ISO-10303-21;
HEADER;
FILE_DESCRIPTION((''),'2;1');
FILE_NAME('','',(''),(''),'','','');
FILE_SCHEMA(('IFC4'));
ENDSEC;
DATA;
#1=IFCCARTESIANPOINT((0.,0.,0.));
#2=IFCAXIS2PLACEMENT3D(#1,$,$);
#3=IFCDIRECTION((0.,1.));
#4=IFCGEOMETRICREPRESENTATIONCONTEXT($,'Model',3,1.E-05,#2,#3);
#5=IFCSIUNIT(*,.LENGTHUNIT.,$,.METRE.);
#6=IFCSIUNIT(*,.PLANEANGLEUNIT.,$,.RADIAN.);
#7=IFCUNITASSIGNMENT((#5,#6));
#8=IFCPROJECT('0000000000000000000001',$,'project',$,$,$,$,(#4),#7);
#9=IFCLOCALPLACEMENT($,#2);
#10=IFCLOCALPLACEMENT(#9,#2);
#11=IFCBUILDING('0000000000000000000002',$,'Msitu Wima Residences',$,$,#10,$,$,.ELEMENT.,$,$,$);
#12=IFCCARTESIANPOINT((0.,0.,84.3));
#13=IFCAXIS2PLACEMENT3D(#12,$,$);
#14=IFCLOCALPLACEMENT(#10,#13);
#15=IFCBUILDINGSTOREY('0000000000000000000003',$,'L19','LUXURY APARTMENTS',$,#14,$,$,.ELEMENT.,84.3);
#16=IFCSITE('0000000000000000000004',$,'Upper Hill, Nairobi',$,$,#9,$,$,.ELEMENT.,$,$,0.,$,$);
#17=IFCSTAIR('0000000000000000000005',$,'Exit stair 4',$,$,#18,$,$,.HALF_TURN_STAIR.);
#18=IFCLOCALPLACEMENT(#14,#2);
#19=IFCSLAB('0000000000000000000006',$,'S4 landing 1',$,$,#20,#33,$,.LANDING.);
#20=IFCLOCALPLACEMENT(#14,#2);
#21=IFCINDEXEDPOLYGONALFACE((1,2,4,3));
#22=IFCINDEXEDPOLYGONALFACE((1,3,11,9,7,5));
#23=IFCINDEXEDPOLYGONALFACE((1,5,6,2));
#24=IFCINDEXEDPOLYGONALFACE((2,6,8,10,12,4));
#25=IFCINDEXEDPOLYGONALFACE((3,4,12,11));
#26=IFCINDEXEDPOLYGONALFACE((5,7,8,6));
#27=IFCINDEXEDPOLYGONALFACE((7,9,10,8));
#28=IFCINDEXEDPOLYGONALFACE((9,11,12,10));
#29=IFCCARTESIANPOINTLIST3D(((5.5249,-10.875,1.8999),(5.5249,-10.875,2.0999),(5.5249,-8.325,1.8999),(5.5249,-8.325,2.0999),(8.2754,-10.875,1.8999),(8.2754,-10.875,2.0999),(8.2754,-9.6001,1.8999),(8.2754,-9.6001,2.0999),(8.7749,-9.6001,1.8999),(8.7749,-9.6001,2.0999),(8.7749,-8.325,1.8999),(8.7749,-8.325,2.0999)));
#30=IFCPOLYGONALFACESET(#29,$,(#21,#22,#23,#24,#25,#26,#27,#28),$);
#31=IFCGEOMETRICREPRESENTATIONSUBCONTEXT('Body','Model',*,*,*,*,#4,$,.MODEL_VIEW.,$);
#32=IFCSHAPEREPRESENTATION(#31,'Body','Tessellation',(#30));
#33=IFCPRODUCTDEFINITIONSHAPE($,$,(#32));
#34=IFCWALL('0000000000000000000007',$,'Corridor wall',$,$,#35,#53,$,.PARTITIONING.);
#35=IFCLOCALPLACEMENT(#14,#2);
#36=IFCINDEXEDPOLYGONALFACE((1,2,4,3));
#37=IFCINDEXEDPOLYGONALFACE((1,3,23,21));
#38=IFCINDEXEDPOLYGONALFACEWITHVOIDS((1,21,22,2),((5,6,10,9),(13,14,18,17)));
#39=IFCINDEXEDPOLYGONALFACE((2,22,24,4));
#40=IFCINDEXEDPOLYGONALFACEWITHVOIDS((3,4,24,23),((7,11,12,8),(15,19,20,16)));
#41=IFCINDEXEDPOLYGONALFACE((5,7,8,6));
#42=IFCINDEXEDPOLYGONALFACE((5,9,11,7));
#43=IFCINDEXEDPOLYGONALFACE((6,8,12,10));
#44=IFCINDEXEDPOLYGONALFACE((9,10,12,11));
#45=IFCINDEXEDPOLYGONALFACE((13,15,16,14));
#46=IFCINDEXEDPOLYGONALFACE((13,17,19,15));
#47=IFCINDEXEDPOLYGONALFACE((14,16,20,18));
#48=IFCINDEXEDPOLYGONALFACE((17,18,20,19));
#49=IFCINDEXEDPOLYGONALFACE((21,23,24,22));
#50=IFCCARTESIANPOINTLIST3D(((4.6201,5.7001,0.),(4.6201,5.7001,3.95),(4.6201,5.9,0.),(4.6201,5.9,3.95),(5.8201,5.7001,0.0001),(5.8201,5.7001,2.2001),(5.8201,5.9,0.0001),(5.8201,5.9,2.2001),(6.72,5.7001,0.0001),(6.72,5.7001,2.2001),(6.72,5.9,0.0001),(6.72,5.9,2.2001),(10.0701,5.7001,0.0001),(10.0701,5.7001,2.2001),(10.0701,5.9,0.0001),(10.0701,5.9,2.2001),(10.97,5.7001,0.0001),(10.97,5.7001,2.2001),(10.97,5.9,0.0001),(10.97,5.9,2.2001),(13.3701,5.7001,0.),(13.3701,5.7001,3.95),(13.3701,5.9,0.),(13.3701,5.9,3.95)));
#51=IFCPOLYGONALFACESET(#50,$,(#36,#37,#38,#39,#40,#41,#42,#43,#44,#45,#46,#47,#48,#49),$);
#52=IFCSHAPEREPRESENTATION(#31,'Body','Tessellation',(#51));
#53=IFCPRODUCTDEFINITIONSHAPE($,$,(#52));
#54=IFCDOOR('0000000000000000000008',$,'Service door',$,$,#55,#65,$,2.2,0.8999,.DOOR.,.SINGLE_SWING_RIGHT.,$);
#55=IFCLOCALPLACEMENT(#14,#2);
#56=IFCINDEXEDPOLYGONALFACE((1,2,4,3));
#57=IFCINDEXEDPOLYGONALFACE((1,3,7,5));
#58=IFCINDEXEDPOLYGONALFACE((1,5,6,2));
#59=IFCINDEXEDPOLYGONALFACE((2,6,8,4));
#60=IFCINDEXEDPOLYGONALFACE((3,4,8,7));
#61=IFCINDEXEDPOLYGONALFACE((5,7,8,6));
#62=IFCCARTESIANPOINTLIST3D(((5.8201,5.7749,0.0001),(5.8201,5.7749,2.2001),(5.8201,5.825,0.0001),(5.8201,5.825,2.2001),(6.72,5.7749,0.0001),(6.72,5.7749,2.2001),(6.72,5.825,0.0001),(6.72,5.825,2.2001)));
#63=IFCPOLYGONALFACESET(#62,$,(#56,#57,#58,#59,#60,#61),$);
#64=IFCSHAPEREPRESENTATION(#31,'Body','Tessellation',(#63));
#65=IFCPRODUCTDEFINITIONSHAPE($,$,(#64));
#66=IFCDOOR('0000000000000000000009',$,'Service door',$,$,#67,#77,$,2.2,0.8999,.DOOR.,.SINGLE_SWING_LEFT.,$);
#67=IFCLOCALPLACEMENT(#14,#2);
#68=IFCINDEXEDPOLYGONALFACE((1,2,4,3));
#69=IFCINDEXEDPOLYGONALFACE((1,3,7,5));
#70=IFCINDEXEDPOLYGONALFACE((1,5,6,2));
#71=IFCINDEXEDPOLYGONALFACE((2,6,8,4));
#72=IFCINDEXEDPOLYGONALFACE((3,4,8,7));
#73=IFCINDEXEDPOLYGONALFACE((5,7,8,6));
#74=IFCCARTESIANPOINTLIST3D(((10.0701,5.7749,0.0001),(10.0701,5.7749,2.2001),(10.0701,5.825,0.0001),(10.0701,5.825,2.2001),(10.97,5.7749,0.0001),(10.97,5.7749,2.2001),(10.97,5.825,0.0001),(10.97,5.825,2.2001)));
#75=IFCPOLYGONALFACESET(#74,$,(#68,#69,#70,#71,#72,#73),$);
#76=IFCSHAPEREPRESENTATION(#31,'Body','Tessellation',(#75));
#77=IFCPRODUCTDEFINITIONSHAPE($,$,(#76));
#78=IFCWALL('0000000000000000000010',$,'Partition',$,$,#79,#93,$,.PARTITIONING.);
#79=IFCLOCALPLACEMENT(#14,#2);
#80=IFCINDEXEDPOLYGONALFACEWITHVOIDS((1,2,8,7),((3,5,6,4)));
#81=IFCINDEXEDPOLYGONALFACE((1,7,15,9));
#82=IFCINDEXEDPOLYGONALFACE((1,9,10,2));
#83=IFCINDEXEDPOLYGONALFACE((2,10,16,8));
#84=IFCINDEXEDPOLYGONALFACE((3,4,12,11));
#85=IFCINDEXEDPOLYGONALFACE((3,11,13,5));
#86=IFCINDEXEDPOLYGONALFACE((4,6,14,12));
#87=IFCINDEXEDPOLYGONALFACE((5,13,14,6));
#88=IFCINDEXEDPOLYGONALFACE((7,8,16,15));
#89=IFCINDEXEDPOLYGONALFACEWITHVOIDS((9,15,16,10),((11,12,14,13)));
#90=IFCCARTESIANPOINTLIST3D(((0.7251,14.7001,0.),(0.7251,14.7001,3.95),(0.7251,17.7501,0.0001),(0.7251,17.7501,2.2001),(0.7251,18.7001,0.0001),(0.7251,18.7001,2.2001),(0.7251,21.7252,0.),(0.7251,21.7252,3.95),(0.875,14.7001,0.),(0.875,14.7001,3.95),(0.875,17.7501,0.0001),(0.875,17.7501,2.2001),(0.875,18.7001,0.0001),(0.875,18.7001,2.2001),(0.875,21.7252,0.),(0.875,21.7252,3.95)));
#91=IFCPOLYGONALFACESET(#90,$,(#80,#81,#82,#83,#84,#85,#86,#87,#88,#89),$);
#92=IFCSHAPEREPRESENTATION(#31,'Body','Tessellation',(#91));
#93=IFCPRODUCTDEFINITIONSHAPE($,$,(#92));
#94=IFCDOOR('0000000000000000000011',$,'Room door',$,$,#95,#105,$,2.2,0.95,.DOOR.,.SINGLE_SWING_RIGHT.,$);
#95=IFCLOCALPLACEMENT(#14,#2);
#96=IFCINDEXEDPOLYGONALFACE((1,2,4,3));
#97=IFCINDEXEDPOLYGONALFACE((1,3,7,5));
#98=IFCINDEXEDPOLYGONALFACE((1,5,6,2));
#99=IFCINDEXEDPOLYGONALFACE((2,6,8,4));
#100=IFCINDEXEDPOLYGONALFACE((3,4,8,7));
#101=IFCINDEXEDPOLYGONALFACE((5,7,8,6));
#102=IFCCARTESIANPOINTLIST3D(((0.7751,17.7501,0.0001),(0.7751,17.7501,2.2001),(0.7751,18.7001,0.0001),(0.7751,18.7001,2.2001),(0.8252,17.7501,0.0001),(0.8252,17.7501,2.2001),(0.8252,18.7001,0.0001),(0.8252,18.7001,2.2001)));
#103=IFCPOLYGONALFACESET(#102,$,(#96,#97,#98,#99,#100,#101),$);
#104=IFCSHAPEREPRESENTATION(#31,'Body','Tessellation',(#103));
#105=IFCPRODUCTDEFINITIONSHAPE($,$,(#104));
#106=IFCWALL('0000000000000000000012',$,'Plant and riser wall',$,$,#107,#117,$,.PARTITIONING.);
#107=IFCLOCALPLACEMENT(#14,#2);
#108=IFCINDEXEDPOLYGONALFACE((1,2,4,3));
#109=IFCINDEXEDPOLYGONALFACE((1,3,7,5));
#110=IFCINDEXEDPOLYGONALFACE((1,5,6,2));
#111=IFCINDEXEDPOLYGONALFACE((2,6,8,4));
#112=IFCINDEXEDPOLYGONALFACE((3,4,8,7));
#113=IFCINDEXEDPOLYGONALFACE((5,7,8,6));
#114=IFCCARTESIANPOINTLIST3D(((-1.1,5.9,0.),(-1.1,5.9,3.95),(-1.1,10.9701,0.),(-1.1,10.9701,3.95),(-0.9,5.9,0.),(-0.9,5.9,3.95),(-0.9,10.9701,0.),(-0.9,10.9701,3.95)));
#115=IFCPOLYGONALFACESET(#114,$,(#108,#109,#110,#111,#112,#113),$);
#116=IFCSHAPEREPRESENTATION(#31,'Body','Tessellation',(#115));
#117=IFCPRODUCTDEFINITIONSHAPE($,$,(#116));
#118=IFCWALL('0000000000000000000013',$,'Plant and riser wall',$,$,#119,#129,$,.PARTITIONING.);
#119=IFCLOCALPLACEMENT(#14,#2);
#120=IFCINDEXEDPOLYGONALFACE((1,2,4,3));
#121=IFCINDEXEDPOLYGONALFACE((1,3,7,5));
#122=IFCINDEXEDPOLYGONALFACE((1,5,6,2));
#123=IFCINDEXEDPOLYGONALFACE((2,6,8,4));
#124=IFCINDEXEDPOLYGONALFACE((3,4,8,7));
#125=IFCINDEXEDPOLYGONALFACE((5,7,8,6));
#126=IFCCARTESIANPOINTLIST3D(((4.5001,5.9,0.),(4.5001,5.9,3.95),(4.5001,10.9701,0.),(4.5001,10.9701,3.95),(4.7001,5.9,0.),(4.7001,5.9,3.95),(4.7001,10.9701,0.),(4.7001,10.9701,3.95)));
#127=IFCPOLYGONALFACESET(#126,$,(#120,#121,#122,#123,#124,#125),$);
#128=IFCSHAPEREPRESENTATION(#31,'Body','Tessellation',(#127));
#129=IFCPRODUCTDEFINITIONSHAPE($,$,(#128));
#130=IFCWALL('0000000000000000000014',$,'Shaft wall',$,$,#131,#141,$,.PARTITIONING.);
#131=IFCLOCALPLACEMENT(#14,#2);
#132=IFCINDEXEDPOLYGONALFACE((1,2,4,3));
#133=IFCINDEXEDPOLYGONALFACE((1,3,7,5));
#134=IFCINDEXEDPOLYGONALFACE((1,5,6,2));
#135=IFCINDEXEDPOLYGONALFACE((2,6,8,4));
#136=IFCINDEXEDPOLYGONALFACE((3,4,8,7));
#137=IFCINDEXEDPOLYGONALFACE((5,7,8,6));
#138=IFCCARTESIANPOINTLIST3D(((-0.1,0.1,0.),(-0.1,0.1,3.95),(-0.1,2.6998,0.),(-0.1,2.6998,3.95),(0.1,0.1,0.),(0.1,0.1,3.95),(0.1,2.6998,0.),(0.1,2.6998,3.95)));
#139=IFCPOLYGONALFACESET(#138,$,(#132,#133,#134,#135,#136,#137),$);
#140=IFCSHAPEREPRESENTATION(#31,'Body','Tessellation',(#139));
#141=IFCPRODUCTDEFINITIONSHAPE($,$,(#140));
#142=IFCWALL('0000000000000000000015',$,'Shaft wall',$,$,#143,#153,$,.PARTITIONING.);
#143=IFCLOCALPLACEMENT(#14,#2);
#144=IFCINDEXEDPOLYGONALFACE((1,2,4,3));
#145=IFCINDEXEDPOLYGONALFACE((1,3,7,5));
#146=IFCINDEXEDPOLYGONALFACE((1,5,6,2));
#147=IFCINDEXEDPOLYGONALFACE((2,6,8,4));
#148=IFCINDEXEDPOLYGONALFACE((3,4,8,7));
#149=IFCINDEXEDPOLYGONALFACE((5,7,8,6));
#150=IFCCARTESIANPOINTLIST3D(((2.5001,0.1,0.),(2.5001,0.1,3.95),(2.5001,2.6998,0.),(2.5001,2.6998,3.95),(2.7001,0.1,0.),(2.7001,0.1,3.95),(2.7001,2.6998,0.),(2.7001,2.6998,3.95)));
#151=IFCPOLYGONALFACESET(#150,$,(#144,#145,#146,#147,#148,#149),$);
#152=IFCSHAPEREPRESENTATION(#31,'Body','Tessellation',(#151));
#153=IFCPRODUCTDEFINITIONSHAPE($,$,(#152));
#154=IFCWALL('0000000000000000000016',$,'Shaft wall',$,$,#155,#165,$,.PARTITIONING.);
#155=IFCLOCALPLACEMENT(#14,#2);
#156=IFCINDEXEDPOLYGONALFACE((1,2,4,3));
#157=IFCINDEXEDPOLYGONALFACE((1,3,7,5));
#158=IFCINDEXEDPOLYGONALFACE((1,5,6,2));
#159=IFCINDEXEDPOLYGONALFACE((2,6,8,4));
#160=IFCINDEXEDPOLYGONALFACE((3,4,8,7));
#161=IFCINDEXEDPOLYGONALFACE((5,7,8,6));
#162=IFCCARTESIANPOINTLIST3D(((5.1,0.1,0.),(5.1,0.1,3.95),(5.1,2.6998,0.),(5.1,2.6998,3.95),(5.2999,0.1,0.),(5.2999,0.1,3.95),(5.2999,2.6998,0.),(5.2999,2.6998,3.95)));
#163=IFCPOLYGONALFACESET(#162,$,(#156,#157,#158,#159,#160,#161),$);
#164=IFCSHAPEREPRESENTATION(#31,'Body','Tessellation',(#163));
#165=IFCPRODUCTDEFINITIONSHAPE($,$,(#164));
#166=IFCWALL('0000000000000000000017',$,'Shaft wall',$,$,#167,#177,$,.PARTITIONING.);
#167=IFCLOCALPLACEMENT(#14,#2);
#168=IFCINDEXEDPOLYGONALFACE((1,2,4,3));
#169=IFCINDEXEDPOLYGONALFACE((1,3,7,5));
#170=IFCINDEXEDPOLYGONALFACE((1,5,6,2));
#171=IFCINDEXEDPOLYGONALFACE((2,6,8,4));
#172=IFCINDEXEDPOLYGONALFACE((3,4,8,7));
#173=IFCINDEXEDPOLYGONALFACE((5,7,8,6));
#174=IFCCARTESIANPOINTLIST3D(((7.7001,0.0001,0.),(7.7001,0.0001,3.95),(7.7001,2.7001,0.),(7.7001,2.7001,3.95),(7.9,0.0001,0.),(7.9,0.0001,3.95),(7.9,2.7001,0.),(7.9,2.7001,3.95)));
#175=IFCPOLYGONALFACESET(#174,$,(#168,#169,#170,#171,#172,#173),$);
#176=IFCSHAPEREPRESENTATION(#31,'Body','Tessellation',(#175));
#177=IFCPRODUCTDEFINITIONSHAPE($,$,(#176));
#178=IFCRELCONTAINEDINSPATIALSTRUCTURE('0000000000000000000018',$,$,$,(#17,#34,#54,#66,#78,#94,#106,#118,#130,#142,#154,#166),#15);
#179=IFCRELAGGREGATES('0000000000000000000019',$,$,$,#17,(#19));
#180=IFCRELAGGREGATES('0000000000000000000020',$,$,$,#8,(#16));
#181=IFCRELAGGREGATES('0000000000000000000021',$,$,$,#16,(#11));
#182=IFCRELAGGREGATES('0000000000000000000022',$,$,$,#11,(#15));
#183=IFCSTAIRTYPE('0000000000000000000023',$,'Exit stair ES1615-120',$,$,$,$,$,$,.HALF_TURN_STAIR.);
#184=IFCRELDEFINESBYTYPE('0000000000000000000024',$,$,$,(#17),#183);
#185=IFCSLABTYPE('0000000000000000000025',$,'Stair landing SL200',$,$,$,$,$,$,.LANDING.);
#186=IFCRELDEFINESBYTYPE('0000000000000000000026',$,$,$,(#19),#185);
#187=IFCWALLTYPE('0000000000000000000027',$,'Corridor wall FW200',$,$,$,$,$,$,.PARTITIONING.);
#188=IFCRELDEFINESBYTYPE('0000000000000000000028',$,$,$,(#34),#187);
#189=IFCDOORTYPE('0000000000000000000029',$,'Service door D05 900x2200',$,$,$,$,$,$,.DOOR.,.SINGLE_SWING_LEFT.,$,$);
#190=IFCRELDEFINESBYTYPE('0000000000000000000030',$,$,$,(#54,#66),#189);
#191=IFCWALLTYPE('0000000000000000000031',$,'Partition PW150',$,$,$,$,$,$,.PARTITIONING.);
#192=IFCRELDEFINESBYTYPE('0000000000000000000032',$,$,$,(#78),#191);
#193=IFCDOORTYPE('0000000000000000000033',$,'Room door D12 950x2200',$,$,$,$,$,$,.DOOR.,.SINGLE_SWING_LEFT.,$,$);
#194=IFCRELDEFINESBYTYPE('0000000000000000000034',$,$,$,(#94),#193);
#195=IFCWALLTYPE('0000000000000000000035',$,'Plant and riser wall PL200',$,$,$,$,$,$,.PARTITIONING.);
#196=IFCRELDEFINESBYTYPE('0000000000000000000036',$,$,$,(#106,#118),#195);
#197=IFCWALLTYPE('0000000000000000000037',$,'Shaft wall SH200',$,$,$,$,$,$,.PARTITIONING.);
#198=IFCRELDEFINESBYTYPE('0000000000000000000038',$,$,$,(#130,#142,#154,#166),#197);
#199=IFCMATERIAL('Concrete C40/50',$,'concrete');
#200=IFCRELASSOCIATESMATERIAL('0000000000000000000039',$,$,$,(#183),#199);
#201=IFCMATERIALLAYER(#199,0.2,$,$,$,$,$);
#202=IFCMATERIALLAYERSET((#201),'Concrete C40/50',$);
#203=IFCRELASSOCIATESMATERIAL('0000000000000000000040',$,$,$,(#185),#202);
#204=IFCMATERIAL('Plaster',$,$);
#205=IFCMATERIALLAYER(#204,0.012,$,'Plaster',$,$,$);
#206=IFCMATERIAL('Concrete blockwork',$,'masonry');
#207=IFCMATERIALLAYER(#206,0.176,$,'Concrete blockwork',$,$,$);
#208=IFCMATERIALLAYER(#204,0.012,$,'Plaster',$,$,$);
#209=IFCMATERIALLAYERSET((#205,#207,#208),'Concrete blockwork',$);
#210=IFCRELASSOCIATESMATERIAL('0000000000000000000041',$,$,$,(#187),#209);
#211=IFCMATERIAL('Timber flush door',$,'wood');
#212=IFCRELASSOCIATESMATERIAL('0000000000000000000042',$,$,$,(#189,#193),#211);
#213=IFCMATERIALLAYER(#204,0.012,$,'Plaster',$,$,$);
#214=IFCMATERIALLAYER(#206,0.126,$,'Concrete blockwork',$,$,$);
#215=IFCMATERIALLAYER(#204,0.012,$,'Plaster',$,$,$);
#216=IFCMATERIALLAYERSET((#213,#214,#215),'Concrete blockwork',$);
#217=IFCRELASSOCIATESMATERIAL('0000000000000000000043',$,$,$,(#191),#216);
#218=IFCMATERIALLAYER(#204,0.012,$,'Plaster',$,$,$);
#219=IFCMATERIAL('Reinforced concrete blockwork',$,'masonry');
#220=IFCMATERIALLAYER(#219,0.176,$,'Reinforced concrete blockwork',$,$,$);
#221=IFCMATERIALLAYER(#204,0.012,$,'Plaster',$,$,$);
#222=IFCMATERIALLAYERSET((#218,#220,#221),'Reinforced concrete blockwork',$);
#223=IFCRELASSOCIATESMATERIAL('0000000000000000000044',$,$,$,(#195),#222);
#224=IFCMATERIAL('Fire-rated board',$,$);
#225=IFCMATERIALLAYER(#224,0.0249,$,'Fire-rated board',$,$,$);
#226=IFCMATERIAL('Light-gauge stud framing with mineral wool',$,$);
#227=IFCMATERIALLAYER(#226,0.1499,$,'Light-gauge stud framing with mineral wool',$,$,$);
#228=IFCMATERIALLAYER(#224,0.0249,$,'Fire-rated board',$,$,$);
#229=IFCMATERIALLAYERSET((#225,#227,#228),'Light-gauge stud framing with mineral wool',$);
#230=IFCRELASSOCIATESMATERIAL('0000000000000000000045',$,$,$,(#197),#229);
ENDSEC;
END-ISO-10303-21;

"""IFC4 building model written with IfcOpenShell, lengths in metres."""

from ifc_helpers import new_model, si_unit, direction, frame, frame_2d, origin, place, context, subcontext, project, spatial, polyline, rectangle, outline, extrude, material, layer, layer_set, type_object, element, fill, aggregate, save


model = new_model("IFC4")

# Units and contexts
model_context = context("Model", 3, precision=1e-05, world=origin(), true_north=direction((0.0, 1.0)))
body_context = subcontext(model_context, "Body", "Model", "MODEL_VIEW")
ifc_project = project(units=[si_unit("LENGTHUNIT", "METRE"), si_unit("PLANEANGLEUNIT", "RADIAN")], contexts=[model_context])

# Site, building, storey
site_placement = place(None, origin())
site = spatial("IfcSite", under=ifc_project, at=site_placement, Name="Upper Hill, Nairobi", CompositionType="ELEMENT", RefElevation=0.0)
building_placement = place(site_placement, origin())
building = spatial("IfcBuilding", under=site, at=building_placement, Name="Msitu Wima Residences", CompositionType="ELEMENT")
storey_placement = place(building_placement, frame((0.0, 0.0, 84.3)))
storey = spatial("IfcBuildingStorey", under=building, at=storey_placement, Name="L19", Description="LUXURY APARTMENTS", CompositionType="ELEMENT", Elevation=84.3)

# Shared definitions
ifc_material_1 = material(Name="Concrete C40/50", Category="concrete")

# Stair, slab
stair_type = type_object("IfcStairType", Name="Exit stair ES1615-120", PredefinedType="HALF_TURN_STAIR", material=ifc_material_1)
ifc_layer_1 = layer(ifc_material_1, 0.2)
ifc_layer_set_1 = layer_set([ifc_layer_1], Name="Concrete C40/50")
slab_type_1 = type_object("IfcSlabType", Name="Stair landing SL200", PredefinedType="LANDING", material=ifc_layer_set_1)
stair_1_placement = place(storey_placement, origin())
stair_1 = element("IfcStair", 1, at=stair_1_placement, inside=storey, type_object=stair_type, Name="Exit stair 4", PredefinedType="HALF_TURN_STAIR")
slab_1_placement = place(storey_placement, frame((0.0, 0.0, 1.8999)))
slab_1 = element("IfcSlab", 2, at=slab_1_placement, type_object=slab_type_1, Name="S4 landing 1", PredefinedType="LANDING", context=body_context, shape_type="SweptSolid", body=[
    extrude(outline(polyline([(5.5249, -10.875), (8.2754, -10.875), (8.2754, -9.6001), (8.7749, -9.6001), (8.7749, -8.325), (5.5249, -8.325), (5.5249, -10.875)])), origin(), (0.0, 0.0, 1.0), 0.2),
])
aggregate(stair_1, [slab_1])

# Wall, openings, doors
ifc_material_2 = material(Name="Plaster")
ifc_layer_2 = layer(ifc_material_2, 0.012, Name="Plaster")
ifc_material_3 = material(Name="Concrete blockwork", Category="masonry")
ifc_layer_3 = layer(ifc_material_3, 0.176, Name="Concrete blockwork")
ifc_layer_4 = layer(ifc_material_2, 0.012, Name="Plaster")
ifc_layer_set_2 = layer_set([ifc_layer_2, ifc_layer_3, ifc_layer_4], Name="Concrete blockwork")
wall_type_1 = type_object("IfcWallType", Name="Corridor wall FW200", PredefinedType="PARTITIONING", material=ifc_layer_set_2)
wall_1_placement = place(storey_placement, frame((4.6201, 5.8, 0.0), z_axis=(0.0, 0.0, 1.0), x_axis=(1.0, 0.0, 0.0)))
wall_1 = element("IfcWall", 3, at=wall_1_placement, inside=storey, type_object=wall_type_1, Name="Corridor wall", PredefinedType="PARTITIONING", context=body_context, shape_type="SweptSolid", body=[
    extrude(rectangle(XDim=8.75, YDim=0.2, at=frame_2d((4.375, 0.0))), origin(), (0.0, 0.0, 1.0), 3.95),
])
opening_1_placement = place(wall_1_placement, frame((1.2, 0.0, 0.0)))
opening_1 = element("IfcOpeningElement", 4, at=opening_1_placement, cuts=wall_1, PredefinedType="OPENING", context=body_context, shape_type="SweptSolid", body=[
    extrude(rectangle(XDim=0.8999, YDim=2.2, at=frame_2d((0.45, 1.1001))), frame((0.0, 0.1099, 0.0), z_axis=(0.0, -1.0, 0.0), x_axis=(1.0, 0.0, 0.0)), (0.0, 0.0, 1.0), 0.22),
])
opening_2_placement = place(wall_1_placement, frame((5.45, 0.0, 0.0)))
opening_2 = element("IfcOpeningElement", 5, at=opening_2_placement, cuts=wall_1, PredefinedType="OPENING", context=body_context, shape_type="SweptSolid", body=[
    extrude(rectangle(XDim=0.8999, YDim=2.2, at=frame_2d((0.45, 1.1001))), frame((0.0, 0.1099, 0.0), z_axis=(0.0, -1.0, 0.0), x_axis=(1.0, 0.0, 0.0)), (0.0, 0.0, 1.0), 0.22),
])
ifc_material_4 = material(Name="Timber flush door", Category="wood")
door_type_1 = type_object("IfcDoorType", Name="Service door D05 900x2200", OperationType="SINGLE_SWING_LEFT", PredefinedType="DOOR", material=ifc_material_4)
door_1_placement = place(opening_1_placement, origin())
door_1 = element("IfcDoor", 6, at=door_1_placement, inside=storey, type_object=door_type_1, Name="Service door", OperationType="SINGLE_SWING_RIGHT", OverallHeight=2.2, OverallWidth=0.8999, PredefinedType="DOOR", context=body_context, shape_type="SweptSolid", body=[
    extrude(rectangle(XDim=0.8999, YDim=2.2, at=frame_2d((0.45, 1.1001))), frame((0.0, 0.0249, 0.0), z_axis=(0.0, -1.0, 0.0), x_axis=(1.0, 0.0, 0.0)), (0.0, 0.0, 1.0), 0.05),
])
fill(opening_1, door_1)
door_2_placement = place(opening_2_placement, origin())
door_2 = element("IfcDoor", 7, at=door_2_placement, inside=storey, type_object=door_type_1, Name="Service door", OperationType="SINGLE_SWING_LEFT", OverallHeight=2.2, OverallWidth=0.8999, PredefinedType="DOOR", context=body_context, shape_type="SweptSolid", body=[
    extrude(rectangle(XDim=0.8999, YDim=2.2, at=frame_2d((0.45, 1.1001))), frame((0.0, 0.0249, 0.0), z_axis=(0.0, -1.0, 0.0), x_axis=(1.0, 0.0, 0.0)), (0.0, 0.0, 1.0), 0.05),
])
fill(opening_2, door_2)

# Wall, opening, door
ifc_layer_5 = layer(ifc_material_2, 0.012, Name="Plaster")
ifc_layer_6 = layer(ifc_material_3, 0.126, Name="Concrete blockwork")
ifc_layer_7 = layer(ifc_material_2, 0.012, Name="Plaster")
ifc_layer_set_3 = layer_set([ifc_layer_5, ifc_layer_6, ifc_layer_7], Name="Concrete blockwork")
wall_type_2 = type_object("IfcWallType", Name="Partition PW150", PredefinedType="PARTITIONING", material=ifc_layer_set_3)
wall_2_placement = place(storey_placement, frame((0.8, 14.7, 0.0), z_axis=(0.0, 0.0, 1.0), x_axis=(0.0, 1.0, 0.0)))
wall_2 = element("IfcWall", 8, at=wall_2_placement, inside=storey, type_object=wall_type_2, Name="Partition", PredefinedType="PARTITIONING", context=body_context, shape_type="SweptSolid", body=[
    extrude(rectangle(XDim=7.0251, YDim=0.1499, at=frame_2d((3.5127, 0.0))), origin(), (0.0, 0.0, 1.0), 3.95),
])
opening_3_placement = place(wall_2_placement, frame((3.05, 0.0, 0.0)))
opening_3 = element("IfcOpeningElement", 9, at=opening_3_placement, cuts=wall_2, PredefinedType="OPENING", context=body_context, shape_type="SweptSolid", body=[
    extrude(rectangle(XDim=0.95, YDim=2.2, at=frame_2d((0.4751, 1.1001))), frame((0.0, 0.085, 0.0), z_axis=(0.0, -1.0, 0.0), x_axis=(1.0, 0.0, 0.0)), (0.0, 0.0, 1.0), 0.1699),
])
door_type_2 = type_object("IfcDoorType", Name="Room door D12 950x2200", OperationType="SINGLE_SWING_LEFT", PredefinedType="DOOR", material=ifc_material_4)
door_3_placement = place(opening_3_placement, origin())
door_3 = element("IfcDoor", 10, at=door_3_placement, inside=storey, type_object=door_type_2, Name="Room door", OperationType="SINGLE_SWING_RIGHT", OverallHeight=2.2, OverallWidth=0.95, PredefinedType="DOOR", context=body_context, shape_type="SweptSolid", body=[
    extrude(rectangle(XDim=0.95, YDim=2.2, at=frame_2d((0.4751, 1.1001))), frame((0.0, 0.0249, 0.0), z_axis=(0.0, -1.0, 0.0), x_axis=(1.0, 0.0, 0.0)), (0.0, 0.0, 1.0), 0.05),
])
fill(opening_3, door_3)

# Walls
ifc_layer_8 = layer(ifc_material_2, 0.012, Name="Plaster")
ifc_material_5 = material(Name="Reinforced concrete blockwork", Category="masonry")
ifc_layer_9 = layer(ifc_material_5, 0.176, Name="Reinforced concrete blockwork")
ifc_layer_10 = layer(ifc_material_2, 0.012, Name="Plaster")
ifc_layer_set_4 = layer_set([ifc_layer_8, ifc_layer_9, ifc_layer_10], Name="Reinforced concrete blockwork")
wall_type_3 = type_object("IfcWallType", Name="Plant and riser wall PL200", PredefinedType="PARTITIONING", material=ifc_layer_set_4)
for number, where, z_axis, x_axis, name in (
    (11, (-1.0, 5.8999, 0.0), (0.0, 0.0, 1.0), (0.0, 1.0, 0.0), "Plant and riser wall"),
    (12, (4.6001, 5.8999, 0.0), (0.0, 0.0, 1.0), (0.0, 1.0, 0.0), "Plant and riser wall"),
):
    element("IfcWall", number, at=place(storey_placement, frame(where, z_axis=z_axis, x_axis=x_axis)), inside=storey, type_object=wall_type_3, Name=name, PredefinedType="PARTITIONING", context=body_context, shape_type="SweptSolid", body=[
        extrude(rectangle(XDim=5.0701, YDim=0.2, at=frame_2d((2.5352, 0.0))), origin(), (0.0, 0.0, 1.0), 3.95),
    ])
ifc_material_6 = material(Name="Fire-rated board")
ifc_layer_11 = layer(ifc_material_6, 0.0249, Name="Fire-rated board")
ifc_material_7 = material(Name="Light-gauge stud framing with mineral wool")
ifc_layer_12 = layer(ifc_material_7, 0.1499, Name="Light-gauge stud framing with mineral wool")
ifc_layer_13 = layer(ifc_material_6, 0.0249, Name="Fire-rated board")
ifc_layer_set_5 = layer_set([ifc_layer_11, ifc_layer_12, ifc_layer_13], Name="Light-gauge stud framing with mineral wool")
wall_type_4 = type_object("IfcWallType", Name="Shaft wall SH200", PredefinedType="PARTITIONING", material=ifc_layer_set_5)
for number, where, z_axis, x_axis, name in (
    (13, (0.0, 0.1001, 0.0), (0.0, 0.0, 1.0), (0.0, 1.0, 0.0), "Shaft wall"),
    (14, (2.6001, 0.1001, 0.0), (0.0, 0.0, 1.0), (0.0, 1.0, 0.0), "Shaft wall"),
    (15, (5.2, 0.1001, 0.0), (0.0, 0.0, 1.0), (0.0, 1.0, 0.0), "Shaft wall"),
):
    element("IfcWall", number, at=place(storey_placement, frame(where, z_axis=z_axis, x_axis=x_axis)), inside=storey, type_object=wall_type_4, Name=name, PredefinedType="PARTITIONING", context=body_context, shape_type="SweptSolid", body=[
        extrude(rectangle(XDim=2.5999, YDim=0.2, at=frame_2d((1.2998, 0.0))), origin(), (0.0, 0.0, 1.0), 3.95),
    ])
wall_3_placement = place(storey_placement, frame((7.8, 0.0, 0.0), z_axis=(0.0, 0.0, 1.0), x_axis=(0.0, 1.0, 0.0)))
element("IfcWall", 16, at=wall_3_placement, inside=storey, type_object=wall_type_4, Name="Shaft wall", PredefinedType="PARTITIONING", context=body_context, shape_type="SweptSolid", body=[
    extrude(rectangle(XDim=2.7, YDim=0.2, at=frame_2d((1.3501, 0.0))), origin(), (0.0, 0.0, 1.0), 3.95),
])

save(model, "model.ifc")
